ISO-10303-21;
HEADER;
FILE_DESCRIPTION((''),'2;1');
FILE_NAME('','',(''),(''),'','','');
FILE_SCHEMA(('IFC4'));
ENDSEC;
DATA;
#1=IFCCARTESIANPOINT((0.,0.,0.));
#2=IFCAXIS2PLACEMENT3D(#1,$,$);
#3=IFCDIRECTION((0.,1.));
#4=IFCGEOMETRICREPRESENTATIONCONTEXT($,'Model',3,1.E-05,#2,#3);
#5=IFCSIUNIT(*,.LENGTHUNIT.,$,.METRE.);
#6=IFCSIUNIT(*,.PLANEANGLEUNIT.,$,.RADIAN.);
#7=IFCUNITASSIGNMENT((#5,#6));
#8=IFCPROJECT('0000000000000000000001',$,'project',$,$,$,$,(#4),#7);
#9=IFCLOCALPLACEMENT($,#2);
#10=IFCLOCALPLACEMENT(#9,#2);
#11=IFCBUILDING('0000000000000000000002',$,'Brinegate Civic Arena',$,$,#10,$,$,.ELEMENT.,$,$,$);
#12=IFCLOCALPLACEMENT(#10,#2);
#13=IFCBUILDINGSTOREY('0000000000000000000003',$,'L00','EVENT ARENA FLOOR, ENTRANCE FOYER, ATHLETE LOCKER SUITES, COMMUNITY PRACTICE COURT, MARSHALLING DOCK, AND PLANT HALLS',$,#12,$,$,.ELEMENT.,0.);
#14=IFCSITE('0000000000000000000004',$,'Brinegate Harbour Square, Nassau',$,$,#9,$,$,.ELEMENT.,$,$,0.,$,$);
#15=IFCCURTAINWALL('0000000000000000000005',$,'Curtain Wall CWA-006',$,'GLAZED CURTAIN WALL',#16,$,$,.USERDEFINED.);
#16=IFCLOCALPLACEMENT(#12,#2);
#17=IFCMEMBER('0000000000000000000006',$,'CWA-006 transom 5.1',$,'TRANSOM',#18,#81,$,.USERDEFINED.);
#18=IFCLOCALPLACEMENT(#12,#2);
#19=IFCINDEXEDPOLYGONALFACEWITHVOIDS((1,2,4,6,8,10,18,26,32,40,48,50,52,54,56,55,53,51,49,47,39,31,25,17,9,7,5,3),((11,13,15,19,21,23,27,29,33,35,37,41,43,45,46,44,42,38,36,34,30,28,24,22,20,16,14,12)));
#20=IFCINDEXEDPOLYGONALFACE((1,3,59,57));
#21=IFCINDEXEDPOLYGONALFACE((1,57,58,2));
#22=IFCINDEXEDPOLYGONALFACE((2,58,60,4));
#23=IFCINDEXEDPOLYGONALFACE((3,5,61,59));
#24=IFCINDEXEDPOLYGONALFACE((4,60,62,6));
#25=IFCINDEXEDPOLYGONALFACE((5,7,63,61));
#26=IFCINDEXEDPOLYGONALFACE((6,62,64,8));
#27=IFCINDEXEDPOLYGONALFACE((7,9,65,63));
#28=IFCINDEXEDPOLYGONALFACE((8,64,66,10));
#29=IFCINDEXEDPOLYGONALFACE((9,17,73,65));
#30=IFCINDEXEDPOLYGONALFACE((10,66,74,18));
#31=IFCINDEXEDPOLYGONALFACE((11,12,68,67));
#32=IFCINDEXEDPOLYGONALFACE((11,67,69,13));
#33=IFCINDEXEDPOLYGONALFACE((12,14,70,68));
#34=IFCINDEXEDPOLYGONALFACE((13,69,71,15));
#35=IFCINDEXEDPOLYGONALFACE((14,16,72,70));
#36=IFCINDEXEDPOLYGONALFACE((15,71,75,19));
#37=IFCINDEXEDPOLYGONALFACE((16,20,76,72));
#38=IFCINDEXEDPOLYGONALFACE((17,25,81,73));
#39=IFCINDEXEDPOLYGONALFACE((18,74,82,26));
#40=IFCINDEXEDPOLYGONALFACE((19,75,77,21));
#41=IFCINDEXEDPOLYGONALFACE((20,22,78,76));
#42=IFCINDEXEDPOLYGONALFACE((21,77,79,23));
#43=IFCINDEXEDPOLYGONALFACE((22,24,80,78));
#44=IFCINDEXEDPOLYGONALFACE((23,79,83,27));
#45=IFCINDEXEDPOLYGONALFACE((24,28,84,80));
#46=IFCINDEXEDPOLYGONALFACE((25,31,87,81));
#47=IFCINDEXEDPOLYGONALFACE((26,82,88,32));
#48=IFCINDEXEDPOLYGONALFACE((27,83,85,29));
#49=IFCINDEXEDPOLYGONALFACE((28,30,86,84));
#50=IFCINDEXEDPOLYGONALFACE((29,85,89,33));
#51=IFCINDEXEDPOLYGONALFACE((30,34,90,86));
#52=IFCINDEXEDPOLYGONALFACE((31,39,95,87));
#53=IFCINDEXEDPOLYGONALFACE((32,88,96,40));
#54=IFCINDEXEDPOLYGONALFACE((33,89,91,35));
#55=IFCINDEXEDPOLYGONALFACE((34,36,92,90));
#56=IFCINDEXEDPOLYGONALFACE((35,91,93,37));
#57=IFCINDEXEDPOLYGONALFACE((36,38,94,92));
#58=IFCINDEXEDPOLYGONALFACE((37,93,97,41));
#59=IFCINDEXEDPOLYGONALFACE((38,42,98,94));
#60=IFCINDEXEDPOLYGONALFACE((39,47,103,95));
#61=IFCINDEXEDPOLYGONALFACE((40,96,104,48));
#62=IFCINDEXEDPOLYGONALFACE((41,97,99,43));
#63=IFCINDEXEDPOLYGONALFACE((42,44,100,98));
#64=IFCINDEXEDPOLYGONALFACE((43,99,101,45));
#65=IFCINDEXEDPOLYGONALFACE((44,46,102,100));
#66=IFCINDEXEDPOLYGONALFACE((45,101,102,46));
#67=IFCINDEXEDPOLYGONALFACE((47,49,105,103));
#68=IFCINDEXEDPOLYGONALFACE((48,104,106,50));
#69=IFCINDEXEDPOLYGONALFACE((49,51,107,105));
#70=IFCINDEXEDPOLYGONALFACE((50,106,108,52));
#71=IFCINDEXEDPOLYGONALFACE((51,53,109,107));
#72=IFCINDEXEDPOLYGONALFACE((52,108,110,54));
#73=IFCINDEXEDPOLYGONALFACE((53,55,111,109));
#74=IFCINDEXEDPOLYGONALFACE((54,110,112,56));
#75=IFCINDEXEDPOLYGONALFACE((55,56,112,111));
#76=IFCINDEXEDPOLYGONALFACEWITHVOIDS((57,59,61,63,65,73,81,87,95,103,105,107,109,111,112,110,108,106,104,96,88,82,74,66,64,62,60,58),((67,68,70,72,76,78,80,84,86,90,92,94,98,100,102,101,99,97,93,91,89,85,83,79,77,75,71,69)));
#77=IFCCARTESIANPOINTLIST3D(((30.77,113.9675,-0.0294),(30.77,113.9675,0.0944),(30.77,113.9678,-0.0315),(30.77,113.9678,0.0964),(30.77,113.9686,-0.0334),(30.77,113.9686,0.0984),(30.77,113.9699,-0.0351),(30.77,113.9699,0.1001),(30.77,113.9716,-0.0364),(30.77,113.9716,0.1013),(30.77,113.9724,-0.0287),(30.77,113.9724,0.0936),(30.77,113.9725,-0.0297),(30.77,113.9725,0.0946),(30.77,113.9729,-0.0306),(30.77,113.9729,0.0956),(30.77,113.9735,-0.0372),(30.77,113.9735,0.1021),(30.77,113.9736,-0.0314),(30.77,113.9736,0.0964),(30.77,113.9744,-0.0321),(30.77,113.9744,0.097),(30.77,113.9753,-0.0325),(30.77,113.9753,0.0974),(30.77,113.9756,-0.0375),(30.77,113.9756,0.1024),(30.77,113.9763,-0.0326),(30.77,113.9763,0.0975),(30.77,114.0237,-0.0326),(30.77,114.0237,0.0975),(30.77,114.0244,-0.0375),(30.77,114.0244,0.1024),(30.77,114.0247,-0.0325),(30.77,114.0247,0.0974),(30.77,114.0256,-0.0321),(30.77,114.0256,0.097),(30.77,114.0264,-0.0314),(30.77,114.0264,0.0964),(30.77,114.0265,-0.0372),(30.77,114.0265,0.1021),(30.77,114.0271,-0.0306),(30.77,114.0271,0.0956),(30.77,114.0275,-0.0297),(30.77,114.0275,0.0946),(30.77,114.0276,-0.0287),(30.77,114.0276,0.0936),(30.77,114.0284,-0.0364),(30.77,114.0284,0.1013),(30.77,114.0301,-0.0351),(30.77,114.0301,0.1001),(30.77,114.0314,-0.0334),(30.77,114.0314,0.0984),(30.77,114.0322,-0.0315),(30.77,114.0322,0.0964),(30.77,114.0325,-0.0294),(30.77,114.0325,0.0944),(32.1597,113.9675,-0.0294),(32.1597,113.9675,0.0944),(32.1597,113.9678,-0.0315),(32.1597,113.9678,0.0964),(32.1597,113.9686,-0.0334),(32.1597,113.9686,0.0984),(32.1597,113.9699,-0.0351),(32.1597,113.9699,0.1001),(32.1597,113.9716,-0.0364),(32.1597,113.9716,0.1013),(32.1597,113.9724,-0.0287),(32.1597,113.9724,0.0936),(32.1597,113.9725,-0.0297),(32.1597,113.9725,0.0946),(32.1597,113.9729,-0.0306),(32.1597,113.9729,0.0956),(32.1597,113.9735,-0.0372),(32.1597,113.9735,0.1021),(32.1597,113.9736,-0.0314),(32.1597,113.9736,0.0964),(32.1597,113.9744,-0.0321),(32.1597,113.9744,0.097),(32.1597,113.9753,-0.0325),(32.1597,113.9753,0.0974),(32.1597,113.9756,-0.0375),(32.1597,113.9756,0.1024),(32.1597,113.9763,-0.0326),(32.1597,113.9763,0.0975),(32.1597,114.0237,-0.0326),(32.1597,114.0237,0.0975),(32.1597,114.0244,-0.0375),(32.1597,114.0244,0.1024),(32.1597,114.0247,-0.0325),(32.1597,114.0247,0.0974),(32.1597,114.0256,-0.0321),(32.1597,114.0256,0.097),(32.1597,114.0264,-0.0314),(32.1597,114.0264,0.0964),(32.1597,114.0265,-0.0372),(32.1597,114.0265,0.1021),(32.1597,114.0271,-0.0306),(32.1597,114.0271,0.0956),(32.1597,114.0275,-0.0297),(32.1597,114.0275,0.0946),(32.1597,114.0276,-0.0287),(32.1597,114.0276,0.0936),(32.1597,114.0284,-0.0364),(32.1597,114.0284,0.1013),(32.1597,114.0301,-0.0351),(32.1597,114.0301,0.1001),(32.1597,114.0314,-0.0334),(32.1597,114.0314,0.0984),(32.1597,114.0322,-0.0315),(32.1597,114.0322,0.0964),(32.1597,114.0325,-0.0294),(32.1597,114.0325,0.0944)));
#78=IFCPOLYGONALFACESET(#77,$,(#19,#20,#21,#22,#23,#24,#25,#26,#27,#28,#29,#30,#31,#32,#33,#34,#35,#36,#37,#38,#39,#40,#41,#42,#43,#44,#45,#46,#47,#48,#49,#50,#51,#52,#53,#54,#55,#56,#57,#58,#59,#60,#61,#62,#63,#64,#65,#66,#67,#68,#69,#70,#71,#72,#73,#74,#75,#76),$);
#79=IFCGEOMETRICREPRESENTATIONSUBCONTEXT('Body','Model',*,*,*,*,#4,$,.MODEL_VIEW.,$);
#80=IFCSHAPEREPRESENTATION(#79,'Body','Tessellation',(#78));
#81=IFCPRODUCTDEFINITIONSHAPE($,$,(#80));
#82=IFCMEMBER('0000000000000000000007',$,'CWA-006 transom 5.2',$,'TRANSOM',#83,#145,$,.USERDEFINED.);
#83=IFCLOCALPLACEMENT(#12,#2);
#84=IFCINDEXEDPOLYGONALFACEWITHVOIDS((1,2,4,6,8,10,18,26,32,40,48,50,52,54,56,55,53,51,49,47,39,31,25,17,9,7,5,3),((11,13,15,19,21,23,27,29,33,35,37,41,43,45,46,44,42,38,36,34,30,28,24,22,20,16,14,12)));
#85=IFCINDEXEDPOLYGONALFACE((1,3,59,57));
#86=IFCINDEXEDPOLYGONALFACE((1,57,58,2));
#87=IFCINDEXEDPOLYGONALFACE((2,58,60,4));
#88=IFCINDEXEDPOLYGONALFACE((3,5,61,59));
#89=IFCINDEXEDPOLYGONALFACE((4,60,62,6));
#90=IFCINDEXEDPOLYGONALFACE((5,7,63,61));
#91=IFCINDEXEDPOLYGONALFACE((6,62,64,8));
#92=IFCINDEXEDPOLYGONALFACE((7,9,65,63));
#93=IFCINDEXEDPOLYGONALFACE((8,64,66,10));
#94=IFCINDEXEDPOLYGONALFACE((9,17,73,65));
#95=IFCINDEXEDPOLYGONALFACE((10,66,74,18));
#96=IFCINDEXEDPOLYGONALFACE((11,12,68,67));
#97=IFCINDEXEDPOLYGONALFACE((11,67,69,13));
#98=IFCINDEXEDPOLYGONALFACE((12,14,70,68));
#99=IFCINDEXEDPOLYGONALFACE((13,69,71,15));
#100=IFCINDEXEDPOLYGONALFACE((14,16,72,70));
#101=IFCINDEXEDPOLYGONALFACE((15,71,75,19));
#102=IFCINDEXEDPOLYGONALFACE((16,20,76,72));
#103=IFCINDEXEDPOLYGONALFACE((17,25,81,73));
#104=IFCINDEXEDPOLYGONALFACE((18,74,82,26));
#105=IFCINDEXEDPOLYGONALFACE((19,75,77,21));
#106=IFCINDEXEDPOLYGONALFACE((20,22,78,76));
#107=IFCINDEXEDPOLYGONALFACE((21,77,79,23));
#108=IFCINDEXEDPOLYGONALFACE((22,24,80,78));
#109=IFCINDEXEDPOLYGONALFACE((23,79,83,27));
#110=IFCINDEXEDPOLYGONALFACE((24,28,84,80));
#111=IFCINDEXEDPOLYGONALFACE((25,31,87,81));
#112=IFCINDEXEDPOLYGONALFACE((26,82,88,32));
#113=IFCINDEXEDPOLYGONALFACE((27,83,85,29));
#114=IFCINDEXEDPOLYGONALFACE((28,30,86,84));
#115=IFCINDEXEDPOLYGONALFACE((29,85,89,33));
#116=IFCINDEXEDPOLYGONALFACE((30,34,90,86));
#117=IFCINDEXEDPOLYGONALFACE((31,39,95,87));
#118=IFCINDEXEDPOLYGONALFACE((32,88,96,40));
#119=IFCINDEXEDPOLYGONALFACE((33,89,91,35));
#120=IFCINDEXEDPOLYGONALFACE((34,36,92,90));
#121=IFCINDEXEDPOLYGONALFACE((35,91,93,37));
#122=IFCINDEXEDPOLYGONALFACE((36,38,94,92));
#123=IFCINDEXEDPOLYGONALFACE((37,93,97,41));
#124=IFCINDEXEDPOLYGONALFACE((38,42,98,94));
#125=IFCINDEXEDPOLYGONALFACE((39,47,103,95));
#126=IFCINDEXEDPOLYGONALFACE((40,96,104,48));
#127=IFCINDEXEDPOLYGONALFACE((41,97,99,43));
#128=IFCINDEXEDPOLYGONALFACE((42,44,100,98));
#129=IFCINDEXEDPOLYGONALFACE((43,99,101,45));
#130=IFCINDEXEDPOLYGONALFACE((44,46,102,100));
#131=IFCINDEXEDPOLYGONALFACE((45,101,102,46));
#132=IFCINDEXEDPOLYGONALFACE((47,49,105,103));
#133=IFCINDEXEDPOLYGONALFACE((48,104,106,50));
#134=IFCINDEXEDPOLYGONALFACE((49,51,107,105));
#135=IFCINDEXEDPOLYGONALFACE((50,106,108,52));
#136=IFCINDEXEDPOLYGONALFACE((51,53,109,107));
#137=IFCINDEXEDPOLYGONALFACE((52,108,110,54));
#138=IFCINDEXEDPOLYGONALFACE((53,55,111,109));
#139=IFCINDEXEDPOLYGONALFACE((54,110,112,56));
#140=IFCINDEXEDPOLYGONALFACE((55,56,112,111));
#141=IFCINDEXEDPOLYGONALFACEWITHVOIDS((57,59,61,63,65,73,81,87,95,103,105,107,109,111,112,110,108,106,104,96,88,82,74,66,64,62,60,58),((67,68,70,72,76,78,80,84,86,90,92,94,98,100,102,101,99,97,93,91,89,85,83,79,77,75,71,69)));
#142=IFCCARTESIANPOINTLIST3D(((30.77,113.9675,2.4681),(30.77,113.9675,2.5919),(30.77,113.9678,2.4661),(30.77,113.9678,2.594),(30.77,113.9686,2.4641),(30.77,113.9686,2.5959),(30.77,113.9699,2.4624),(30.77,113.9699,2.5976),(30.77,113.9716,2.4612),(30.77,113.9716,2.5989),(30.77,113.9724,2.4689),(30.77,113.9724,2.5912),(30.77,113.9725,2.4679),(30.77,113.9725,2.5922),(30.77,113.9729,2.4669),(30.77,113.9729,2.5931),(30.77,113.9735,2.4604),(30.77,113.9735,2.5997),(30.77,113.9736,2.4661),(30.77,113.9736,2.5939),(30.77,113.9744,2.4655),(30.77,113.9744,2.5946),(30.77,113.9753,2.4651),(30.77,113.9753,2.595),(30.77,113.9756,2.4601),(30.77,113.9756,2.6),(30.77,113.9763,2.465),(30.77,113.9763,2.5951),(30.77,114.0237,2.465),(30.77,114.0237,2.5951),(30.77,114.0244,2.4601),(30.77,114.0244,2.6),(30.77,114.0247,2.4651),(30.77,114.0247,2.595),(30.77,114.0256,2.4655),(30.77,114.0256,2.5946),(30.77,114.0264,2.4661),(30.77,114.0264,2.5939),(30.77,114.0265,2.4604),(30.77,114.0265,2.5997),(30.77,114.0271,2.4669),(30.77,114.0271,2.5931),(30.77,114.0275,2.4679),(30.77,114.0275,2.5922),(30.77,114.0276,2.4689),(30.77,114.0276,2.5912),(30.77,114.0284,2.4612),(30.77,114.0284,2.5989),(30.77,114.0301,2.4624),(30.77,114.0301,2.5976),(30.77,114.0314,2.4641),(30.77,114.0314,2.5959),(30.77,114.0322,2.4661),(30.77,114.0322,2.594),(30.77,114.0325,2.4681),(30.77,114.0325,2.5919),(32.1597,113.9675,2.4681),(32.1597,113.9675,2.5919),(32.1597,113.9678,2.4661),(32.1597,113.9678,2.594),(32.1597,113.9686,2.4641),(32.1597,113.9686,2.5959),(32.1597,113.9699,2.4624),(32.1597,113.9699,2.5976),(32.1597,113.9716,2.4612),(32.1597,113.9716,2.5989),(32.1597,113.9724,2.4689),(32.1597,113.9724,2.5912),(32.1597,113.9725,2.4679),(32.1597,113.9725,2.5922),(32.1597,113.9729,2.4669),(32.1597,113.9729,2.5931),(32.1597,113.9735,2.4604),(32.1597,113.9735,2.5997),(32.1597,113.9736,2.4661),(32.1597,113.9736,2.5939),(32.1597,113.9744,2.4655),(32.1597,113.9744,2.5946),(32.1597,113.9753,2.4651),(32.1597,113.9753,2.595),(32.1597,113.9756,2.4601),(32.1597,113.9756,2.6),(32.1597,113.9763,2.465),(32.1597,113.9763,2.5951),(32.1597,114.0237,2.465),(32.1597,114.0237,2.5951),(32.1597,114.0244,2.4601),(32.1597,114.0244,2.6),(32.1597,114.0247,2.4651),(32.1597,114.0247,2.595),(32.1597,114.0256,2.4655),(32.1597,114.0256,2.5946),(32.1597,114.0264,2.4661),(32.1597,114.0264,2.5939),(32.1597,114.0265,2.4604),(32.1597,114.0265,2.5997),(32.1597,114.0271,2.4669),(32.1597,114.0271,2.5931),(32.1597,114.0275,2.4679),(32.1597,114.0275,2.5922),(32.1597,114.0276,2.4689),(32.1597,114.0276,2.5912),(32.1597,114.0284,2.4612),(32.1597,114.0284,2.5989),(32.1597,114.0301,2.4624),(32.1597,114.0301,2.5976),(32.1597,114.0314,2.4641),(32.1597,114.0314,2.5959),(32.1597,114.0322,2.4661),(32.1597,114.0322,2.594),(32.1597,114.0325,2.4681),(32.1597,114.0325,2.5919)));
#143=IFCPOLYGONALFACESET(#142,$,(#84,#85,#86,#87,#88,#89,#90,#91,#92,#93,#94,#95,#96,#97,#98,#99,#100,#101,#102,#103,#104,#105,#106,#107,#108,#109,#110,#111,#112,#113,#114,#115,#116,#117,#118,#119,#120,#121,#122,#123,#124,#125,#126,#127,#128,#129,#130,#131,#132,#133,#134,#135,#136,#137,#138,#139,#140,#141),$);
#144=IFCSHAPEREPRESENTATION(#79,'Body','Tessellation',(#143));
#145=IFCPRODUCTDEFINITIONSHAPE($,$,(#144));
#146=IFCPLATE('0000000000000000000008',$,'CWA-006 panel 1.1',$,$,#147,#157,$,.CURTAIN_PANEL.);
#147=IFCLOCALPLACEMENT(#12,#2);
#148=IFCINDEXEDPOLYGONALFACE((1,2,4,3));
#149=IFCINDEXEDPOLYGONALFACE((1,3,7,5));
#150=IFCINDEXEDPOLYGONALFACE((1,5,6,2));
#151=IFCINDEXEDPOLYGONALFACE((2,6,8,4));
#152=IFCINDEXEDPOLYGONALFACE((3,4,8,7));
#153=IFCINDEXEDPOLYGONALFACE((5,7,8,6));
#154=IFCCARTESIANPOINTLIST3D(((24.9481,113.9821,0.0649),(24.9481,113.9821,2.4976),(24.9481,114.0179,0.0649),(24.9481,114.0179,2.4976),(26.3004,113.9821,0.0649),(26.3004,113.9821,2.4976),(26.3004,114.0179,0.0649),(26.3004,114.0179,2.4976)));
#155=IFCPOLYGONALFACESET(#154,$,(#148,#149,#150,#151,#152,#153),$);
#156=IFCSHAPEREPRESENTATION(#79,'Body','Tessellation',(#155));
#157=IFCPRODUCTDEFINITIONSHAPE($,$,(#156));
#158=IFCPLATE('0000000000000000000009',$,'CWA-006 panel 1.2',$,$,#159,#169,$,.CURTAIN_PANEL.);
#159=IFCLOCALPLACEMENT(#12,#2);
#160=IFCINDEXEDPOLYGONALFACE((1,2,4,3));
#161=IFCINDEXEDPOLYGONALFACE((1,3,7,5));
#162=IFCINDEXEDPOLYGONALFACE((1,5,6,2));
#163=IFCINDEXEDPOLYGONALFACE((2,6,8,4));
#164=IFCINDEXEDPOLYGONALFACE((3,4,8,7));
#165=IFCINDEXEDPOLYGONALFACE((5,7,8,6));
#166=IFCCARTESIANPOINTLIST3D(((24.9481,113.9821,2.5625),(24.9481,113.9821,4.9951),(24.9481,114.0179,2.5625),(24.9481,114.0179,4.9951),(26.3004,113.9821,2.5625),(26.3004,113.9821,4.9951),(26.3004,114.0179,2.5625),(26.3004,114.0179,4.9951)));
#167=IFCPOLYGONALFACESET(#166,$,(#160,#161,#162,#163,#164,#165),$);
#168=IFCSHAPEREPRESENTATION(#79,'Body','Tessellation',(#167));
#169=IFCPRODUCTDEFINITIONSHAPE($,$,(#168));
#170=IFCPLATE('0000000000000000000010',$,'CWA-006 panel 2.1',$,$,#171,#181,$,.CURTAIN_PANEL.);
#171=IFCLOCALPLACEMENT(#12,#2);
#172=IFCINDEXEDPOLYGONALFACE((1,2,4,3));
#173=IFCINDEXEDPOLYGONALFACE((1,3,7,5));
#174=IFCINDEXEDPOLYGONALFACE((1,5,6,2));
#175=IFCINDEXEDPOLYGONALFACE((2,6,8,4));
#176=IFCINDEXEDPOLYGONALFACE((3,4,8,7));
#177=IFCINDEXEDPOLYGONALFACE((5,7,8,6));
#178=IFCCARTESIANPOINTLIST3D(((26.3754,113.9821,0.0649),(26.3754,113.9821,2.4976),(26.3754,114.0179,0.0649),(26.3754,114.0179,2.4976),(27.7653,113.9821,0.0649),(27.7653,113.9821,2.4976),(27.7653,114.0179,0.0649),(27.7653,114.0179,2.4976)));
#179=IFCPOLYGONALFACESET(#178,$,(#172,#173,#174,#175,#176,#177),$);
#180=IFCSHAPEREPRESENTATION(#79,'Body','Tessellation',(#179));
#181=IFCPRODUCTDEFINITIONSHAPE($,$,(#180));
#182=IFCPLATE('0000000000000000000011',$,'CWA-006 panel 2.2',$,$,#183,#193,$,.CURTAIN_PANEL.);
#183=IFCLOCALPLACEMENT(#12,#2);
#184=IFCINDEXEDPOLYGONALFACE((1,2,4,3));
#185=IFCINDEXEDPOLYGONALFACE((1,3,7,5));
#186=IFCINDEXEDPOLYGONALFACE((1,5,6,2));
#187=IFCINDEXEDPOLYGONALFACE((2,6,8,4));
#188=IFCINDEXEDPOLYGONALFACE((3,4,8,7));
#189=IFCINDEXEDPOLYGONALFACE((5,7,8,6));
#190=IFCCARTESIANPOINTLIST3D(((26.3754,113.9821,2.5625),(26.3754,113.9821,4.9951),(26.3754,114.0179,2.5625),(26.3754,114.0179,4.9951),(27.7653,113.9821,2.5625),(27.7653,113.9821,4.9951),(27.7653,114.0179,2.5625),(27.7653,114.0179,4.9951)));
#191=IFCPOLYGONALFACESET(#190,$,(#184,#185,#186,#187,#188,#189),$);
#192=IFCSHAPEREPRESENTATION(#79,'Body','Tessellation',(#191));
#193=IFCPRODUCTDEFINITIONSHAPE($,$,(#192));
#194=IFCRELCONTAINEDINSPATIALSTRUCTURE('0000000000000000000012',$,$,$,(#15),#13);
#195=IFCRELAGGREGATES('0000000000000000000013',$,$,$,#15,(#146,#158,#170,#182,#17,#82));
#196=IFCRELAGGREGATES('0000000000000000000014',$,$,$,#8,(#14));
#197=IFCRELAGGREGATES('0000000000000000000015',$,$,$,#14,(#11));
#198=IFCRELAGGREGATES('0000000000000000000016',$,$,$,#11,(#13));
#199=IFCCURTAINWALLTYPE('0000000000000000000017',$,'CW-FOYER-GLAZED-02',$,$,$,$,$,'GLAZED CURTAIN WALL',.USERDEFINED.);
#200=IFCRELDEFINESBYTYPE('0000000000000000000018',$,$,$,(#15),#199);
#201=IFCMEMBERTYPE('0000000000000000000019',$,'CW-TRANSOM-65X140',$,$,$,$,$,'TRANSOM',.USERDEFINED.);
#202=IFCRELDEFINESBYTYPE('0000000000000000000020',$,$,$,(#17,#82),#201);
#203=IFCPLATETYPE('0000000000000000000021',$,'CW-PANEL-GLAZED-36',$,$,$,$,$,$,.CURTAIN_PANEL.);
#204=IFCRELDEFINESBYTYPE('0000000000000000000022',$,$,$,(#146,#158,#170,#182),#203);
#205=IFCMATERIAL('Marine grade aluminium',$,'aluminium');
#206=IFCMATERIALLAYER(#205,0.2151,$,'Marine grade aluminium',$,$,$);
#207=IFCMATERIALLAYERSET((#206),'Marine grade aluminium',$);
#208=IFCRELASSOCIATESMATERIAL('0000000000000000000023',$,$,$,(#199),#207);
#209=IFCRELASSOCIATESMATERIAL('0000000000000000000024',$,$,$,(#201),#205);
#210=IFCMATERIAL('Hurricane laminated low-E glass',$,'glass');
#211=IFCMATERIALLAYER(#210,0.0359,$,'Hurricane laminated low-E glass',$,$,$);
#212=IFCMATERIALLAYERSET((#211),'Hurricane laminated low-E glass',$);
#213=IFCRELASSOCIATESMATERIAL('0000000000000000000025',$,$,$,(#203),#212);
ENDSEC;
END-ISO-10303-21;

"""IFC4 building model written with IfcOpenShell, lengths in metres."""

from ifc_helpers import new_model, si_unit, direction, frame, origin, origin_2d, place, context, subcontext, project, spatial, rectangle, hollow_rectangle, extrude, material, layer, layer_set, material_profile, profile_set, type_object, element, aggregate, save


model = new_model("IFC4")

# Units and contexts
model_context = context("Model", 3, precision=1e-05, world=origin(), true_north=direction((0.0, 1.0)))
body_context = subcontext(model_context, "Body", "Model", "MODEL_VIEW")
ifc_project = project(units=[si_unit("LENGTHUNIT", "METRE"), si_unit("PLANEANGLEUNIT", "RADIAN")], contexts=[model_context])

# Site, building, storey
site_placement = place(None, origin())
site = spatial("IfcSite", under=ifc_project, at=site_placement, Name="Brinegate Harbour Square, Nassau", CompositionType="ELEMENT", RefElevation=0.0)
building_placement = place(site_placement, origin())
building = spatial("IfcBuilding", under=site, at=building_placement, Name="Brinegate Civic Arena", CompositionType="ELEMENT")
storey_placement = place(building_placement, origin())
storey = spatial("IfcBuildingStorey", under=building, at=storey_placement, Name="L00", Description="EVENT ARENA FLOOR, ENTRANCE FOYER, ATHLETE LOCKER SUITES, COMMUNITY PRACTICE COURT, MARSHALLING DOCK, AND PLANT HALLS", CompositionType="ELEMENT", Elevation=0.0)

# Curtain wall, members, plates
ifc_material_1 = material(Name="Marine grade aluminium", Category="aluminium")
ifc_layer_1 = layer(ifc_material_1, 0.2151, Name="Marine grade aluminium")
ifc_layer_set_1 = layer_set([ifc_layer_1], Name="Marine grade aluminium")
curtain_wall_type = type_object("IfcCurtainWallType", Name="CW-FOYER-GLAZED-02", ElementType="GLAZED CURTAIN WALL", PredefinedType="USERDEFINED", material=ifc_layer_set_1)
curtain_wall_placement = place(storey_placement, origin())
curtain_wall = element("IfcCurtainWall", 1, at=curtain_wall_placement, inside=storey, type_object=curtain_wall_type, Name="Curtain Wall CWA-006", ObjectType="GLAZED CURTAIN WALL", PredefinedType="USERDEFINED")
ifc_material_profile_1 = material_profile(ifc_material_1, hollow_rectangle(XDim=0.0649, YDim=0.1399, WallThickness=0.0049, InnerFilletRadius=0.0039, OuterFilletRadius=0.0081, at=origin_2d()), Name="TRN65X140")
ifc_profile_set_1 = profile_set([ifc_material_profile_1], Name="Marine grade aluminium")
member_type_1 = type_object("IfcMemberType", Name="CW-TRANSOM-65X140", ElementType="TRANSOM", PredefinedType="USERDEFINED", material=ifc_profile_set_1)
member_1_placement = place(storey_placement, frame((30.77, 114.0, 0.0325), z_axis=(1.0, 0.0, 0.0), x_axis=(0.0, 1.0, 0.0)))
member_1 = element("IfcMember", 2, at=member_1_placement, type_object=member_type_1, Name="CWA-006 transom 5.1", ObjectType="TRANSOM", PredefinedType="USERDEFINED", context=body_context, shape_type="SweptSolid", body=[
    extrude(hollow_rectangle(XDim=0.0649, YDim=0.1399, WallThickness=0.0049, InnerFilletRadius=0.0039, OuterFilletRadius=0.0081, at=origin_2d()), origin(), (0.0, 0.0, 1.0), 1.3896),
])
member_2_placement = place(storey_placement, frame((30.77, 114.0, 2.53), z_axis=(1.0, 0.0, 0.0), x_axis=(0.0, 1.0, 0.0)))
member_2 = element("IfcMember", 3, at=member_2_placement, type_object=member_type_1, Name="CWA-006 transom 5.2", ObjectType="TRANSOM", PredefinedType="USERDEFINED", context=body_context, shape_type="SweptSolid", body=[
    extrude(hollow_rectangle(XDim=0.0649, YDim=0.1399, WallThickness=0.0049, InnerFilletRadius=0.0039, OuterFilletRadius=0.0081, at=origin_2d()), origin(), (0.0, 0.0, 1.0), 1.3896),
])
ifc_material_2 = material(Name="Hurricane laminated low-E glass", Category="glass")
ifc_layer_2 = layer(ifc_material_2, 0.0359, Name="Hurricane laminated low-E glass")
ifc_layer_set_2 = layer_set([ifc_layer_2], Name="Hurricane laminated low-E glass")
plate_type_1 = type_object("IfcPlateType", Name="CW-PANEL-GLAZED-36", PredefinedType="CURTAIN_PANEL", material=ifc_layer_set_2)
plate_1_placement = place(storey_placement, frame((25.6243, 114.0, 0.0649), z_axis=(0.0, 0.0, 1.0), x_axis=(1.0, 0.0, 0.0)))
plate_1 = element("IfcPlate", 4, at=plate_1_placement, type_object=plate_type_1, Name="CWA-006 panel 1.1", PredefinedType="CURTAIN_PANEL", context=body_context, shape_type="SweptSolid", body=[
    extrude(rectangle(XDim=1.3523, YDim=0.0359, at=origin_2d()), origin(), (0.0, 0.0, 1.0), 2.4326),
])
plate_2_placement = place(storey_placement, frame((25.6243, 114.0, 2.5625), z_axis=(0.0, 0.0, 1.0), x_axis=(1.0, 0.0, 0.0)))
plate_2 = element("IfcPlate", 5, at=plate_2_placement, type_object=plate_type_1, Name="CWA-006 panel 1.2", PredefinedType="CURTAIN_PANEL", context=body_context, shape_type="SweptSolid", body=[
    extrude(rectangle(XDim=1.3523, YDim=0.0359, at=origin_2d()), origin(), (0.0, 0.0, 1.0), 2.4326),
])
plate_3_placement = place(storey_placement, frame((27.0703, 114.0, 0.0649), z_axis=(0.0, 0.0, 1.0), x_axis=(1.0, 0.0, 0.0)))
plate_3 = element("IfcPlate", 6, at=plate_3_placement, type_object=plate_type_1, Name="CWA-006 panel 2.1", PredefinedType="CURTAIN_PANEL", context=body_context, shape_type="SweptSolid", body=[
    extrude(rectangle(XDim=1.3899, YDim=0.0359, at=origin_2d()), origin(), (0.0, 0.0, 1.0), 2.4326),
])
plate_4_placement = place(storey_placement, frame((27.0703, 114.0, 2.5625), z_axis=(0.0, 0.0, 1.0), x_axis=(1.0, 0.0, 0.0)))
plate_4 = element("IfcPlate", 7, at=plate_4_placement, type_object=plate_type_1, Name="CWA-006 panel 2.2", PredefinedType="CURTAIN_PANEL", context=body_context, shape_type="SweptSolid", body=[
    extrude(rectangle(XDim=1.3899, YDim=0.0359, at=origin_2d()), origin(), (0.0, 0.0, 1.0), 2.4326),
])
aggregate(curtain_wall, [plate_1, plate_2, plate_3, plate_4, member_1, member_2])

save(model, "model.ifc")
